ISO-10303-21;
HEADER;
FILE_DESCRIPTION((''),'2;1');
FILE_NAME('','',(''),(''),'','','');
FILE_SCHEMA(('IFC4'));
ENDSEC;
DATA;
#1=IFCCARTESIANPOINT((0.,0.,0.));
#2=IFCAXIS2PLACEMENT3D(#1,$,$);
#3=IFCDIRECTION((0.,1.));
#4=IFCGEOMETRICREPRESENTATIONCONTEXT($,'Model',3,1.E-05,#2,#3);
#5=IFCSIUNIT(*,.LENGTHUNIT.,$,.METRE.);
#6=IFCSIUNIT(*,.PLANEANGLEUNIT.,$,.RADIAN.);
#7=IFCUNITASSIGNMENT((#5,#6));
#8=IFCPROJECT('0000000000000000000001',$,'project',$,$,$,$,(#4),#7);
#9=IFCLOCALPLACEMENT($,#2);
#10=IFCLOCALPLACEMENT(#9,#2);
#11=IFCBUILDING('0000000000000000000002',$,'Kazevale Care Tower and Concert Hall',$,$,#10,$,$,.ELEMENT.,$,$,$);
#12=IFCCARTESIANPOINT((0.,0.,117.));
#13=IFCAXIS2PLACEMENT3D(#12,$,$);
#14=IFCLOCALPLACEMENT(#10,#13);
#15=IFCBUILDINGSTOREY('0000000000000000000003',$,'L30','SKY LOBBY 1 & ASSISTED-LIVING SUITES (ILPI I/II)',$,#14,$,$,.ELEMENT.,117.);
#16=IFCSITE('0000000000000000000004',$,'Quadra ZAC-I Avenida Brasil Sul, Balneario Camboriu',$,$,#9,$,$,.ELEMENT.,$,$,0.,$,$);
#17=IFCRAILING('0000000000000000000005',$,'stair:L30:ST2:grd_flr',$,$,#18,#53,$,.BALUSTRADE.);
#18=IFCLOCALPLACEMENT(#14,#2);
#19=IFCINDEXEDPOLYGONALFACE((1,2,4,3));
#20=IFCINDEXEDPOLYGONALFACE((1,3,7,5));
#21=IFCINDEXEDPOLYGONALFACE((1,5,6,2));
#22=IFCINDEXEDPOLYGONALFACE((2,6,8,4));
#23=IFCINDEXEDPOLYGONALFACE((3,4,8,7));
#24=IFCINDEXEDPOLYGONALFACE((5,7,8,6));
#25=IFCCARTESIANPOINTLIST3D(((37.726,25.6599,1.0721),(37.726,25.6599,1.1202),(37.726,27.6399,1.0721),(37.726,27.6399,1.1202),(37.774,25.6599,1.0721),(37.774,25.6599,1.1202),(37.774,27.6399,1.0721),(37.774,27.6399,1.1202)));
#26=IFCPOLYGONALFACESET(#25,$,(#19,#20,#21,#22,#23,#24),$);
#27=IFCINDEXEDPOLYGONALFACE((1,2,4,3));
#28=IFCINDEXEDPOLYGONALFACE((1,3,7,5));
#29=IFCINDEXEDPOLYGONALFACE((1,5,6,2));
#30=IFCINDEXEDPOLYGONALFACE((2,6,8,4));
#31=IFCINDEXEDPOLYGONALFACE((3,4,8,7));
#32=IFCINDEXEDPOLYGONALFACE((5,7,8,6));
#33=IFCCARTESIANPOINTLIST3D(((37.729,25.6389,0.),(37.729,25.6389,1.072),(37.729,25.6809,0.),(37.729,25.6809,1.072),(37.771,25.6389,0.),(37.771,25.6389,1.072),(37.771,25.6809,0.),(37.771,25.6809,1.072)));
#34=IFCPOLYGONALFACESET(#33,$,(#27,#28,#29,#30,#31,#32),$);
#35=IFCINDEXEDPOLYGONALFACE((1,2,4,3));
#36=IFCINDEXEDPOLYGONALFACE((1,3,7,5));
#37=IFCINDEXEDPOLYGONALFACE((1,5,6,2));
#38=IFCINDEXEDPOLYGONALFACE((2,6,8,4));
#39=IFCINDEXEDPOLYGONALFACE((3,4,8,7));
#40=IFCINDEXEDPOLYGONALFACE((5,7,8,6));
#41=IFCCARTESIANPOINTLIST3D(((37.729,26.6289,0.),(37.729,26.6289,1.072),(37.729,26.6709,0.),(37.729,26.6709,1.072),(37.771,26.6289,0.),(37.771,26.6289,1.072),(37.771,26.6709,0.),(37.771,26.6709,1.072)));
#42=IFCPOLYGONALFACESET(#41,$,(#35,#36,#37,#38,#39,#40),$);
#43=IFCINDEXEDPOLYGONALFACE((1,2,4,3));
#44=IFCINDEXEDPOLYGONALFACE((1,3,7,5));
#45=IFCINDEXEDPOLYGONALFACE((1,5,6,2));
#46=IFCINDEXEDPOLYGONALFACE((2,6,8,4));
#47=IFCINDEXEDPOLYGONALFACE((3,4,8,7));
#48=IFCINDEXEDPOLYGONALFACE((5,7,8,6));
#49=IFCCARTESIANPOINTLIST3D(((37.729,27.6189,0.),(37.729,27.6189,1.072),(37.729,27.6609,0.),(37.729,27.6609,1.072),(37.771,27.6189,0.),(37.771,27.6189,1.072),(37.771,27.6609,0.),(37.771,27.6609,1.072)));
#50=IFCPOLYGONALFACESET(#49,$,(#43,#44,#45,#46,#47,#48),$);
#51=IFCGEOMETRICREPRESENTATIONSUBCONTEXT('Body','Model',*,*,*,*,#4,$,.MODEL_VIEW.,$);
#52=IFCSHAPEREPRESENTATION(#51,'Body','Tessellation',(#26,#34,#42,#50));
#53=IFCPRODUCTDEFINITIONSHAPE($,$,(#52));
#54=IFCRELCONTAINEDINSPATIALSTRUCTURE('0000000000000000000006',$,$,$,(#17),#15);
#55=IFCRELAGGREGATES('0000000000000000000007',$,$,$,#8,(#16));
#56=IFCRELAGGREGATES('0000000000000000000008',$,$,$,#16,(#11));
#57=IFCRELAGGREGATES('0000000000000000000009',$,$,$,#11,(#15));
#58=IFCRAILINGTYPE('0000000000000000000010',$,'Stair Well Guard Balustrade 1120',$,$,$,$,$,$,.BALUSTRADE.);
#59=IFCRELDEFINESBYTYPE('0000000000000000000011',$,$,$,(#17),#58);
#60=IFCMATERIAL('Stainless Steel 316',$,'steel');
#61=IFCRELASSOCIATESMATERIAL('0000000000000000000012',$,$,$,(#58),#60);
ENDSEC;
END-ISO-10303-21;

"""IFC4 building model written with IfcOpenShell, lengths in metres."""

from ifc_helpers import new_model, si_unit, direction, frame, origin, origin_2d, place, context, subcontext, project, spatial, rectangle, extrude, material, type_object, element, save


model = new_model("IFC4")

# Units and contexts
model_context = context("Model", 3, precision=1e-05, world=origin(), true_north=direction((0.0, 1.0)))
body_context = subcontext(model_context, "Body", "Model", "MODEL_VIEW")
ifc_project = project(units=[si_unit("LENGTHUNIT", "METRE"), si_unit("PLANEANGLEUNIT", "RADIAN")], contexts=[model_context])

# Site, building, storey
site_placement = place(None, origin())
site = spatial("IfcSite", under=ifc_project, at=site_placement, Name="Quadra ZAC-I Avenida Brasil Sul, Balneario Camboriu", CompositionType="ELEMENT", RefElevation=0.0)
building_placement = place(site_placement, origin())
building = spatial("IfcBuilding", under=site, at=building_placement, Name="Kazevale Care Tower and Concert Hall", CompositionType="ELEMENT")
storey_placement = place(building_placement, frame((0.0, 0.0, 117.0)))
storey = spatial("IfcBuildingStorey", under=building, at=storey_placement, Name="L30", Description="SKY LOBBY 1 & ASSISTED-LIVING SUITES (ILPI I/II)", CompositionType="ELEMENT", Elevation=117.0)

# Railing
ifc_material_1 = material(Name="Stainless Steel 316", Category="steel")
railing_type_1 = type_object("IfcRailingType", Name="Stair Well Guard Balustrade 1120", PredefinedType="BALUSTRADE", material=ifc_material_1)
for number, where, name in (
    (1, (37.75, 25.6599, 0.0), "stair:L30:ST2:grd_flr"),
):
    element("IfcRailing", number, at=place(storey_placement, frame(where)), inside=storey, type_object=railing_type_1, Name=name, PredefinedType="BALUSTRADE", context=body_context, shape_type="SweptSolid", body=[
        extrude(rectangle(XDim=0.0481, YDim=0.0481, at=origin_2d()), frame((0.0, 0.0, 1.0962), z_axis=(0.0, 1.0, 0.0), x_axis=(-1.0, 0.0, 0.0)), (0.0, 0.0, 1.0), 1.98),
        extrude(rectangle(XDim=0.042, YDim=0.042, at=origin_2d()), origin(), (0.0, 0.0, 1.0), 1.072),
        extrude(rectangle(XDim=0.042, YDim=0.042, at=origin_2d()), frame((0.0, 0.99, 0.0)), (0.0, 0.0, 1.0), 1.072),
        extrude(rectangle(XDim=0.042, YDim=0.042, at=origin_2d()), frame((0.0, 1.98, 0.0)), (0.0, 0.0, 1.0), 1.072),
    ])

save(model, "model.ifc")
